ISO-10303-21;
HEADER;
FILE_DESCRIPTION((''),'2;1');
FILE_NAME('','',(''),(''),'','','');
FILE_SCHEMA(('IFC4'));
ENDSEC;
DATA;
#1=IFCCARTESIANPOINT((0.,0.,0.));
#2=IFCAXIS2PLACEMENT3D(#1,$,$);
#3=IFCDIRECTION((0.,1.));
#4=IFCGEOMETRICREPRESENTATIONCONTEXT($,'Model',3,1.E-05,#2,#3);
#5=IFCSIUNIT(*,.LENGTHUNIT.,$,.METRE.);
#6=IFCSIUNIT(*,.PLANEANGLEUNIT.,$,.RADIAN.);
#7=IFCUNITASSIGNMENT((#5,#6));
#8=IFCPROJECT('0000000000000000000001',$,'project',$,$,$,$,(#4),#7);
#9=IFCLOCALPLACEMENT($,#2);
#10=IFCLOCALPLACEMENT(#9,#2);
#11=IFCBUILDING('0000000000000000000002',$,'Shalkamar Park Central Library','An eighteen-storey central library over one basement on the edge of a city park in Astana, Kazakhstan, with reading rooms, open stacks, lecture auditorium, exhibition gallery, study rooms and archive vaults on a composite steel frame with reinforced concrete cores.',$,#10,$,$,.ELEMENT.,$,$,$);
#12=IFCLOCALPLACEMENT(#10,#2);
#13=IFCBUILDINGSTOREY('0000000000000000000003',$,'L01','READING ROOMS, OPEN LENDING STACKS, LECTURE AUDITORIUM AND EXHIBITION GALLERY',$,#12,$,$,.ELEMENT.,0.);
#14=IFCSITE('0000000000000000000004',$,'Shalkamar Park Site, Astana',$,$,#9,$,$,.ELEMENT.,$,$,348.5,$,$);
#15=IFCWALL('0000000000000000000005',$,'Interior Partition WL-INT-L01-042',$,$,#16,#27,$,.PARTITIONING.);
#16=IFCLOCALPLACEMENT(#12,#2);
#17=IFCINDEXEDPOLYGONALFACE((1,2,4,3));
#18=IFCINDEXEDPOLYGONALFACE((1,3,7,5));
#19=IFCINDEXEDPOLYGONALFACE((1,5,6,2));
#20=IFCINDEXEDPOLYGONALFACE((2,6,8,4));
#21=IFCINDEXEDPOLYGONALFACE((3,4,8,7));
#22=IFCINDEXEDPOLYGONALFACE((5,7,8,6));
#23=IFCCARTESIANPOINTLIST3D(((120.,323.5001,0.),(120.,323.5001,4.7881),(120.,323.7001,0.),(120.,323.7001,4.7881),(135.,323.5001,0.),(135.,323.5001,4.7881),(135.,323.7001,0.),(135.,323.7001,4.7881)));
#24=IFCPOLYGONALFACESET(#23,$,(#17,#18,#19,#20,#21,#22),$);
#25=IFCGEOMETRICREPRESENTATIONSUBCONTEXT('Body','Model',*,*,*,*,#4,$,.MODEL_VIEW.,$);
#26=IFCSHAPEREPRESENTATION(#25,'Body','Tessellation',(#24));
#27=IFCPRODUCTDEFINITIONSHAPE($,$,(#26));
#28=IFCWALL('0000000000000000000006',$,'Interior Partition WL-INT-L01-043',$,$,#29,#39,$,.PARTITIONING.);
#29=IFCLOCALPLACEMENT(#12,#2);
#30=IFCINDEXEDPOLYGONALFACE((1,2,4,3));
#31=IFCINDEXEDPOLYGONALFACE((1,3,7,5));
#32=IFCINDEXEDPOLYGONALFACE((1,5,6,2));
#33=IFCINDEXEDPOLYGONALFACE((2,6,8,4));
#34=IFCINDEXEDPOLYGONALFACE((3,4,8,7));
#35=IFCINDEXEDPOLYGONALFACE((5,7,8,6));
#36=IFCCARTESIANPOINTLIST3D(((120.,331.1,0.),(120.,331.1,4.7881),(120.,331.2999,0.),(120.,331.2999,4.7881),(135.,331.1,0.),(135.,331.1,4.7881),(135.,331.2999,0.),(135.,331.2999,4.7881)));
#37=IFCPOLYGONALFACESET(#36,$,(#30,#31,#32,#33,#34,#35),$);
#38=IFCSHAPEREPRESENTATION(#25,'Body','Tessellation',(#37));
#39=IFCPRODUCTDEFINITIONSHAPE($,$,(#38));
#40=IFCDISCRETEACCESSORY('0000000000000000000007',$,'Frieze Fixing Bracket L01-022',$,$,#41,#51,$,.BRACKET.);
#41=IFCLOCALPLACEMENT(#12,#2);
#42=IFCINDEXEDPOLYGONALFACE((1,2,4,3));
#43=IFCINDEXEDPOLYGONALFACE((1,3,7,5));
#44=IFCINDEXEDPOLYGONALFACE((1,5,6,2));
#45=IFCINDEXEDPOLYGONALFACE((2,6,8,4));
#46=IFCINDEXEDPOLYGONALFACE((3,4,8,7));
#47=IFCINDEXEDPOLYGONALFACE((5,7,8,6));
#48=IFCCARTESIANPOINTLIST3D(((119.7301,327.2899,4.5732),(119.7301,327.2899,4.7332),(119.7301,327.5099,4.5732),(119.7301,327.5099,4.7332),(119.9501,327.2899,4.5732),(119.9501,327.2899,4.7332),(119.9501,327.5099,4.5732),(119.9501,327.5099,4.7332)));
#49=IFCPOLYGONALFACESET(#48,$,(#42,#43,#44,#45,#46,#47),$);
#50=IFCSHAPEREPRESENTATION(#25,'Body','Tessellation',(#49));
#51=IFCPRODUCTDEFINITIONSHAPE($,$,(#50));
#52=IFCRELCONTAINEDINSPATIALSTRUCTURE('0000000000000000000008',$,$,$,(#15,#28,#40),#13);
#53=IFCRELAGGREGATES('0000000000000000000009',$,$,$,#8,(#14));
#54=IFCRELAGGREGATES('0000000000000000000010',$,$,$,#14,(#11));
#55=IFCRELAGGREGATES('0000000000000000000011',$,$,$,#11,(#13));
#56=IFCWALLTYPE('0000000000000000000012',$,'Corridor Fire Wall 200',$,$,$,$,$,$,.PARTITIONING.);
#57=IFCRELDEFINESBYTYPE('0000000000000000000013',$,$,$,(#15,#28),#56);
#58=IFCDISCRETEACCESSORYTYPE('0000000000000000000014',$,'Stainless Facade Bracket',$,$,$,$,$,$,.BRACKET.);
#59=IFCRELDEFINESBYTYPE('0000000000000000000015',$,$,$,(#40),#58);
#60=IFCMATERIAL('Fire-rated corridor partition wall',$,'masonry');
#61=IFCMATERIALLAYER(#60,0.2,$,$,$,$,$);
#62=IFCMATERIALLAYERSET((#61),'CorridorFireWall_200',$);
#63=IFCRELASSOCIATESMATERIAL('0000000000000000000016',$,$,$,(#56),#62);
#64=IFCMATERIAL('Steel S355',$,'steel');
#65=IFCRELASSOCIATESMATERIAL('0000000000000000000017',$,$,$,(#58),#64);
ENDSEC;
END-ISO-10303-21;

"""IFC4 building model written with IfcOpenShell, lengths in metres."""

from ifc_helpers import new_model, si_unit, direction, frame, frame_2d, origin, origin_2d, place, context, subcontext, project, spatial, rectangle, extrude, material, layer, layer_set, type_object, element, save


model = new_model("IFC4")

# Units and contexts
model_context = context("Model", 3, precision=1e-05, world=origin(), true_north=direction((0.0, 1.0)))
body_context = subcontext(model_context, "Body", "Model", "MODEL_VIEW")
ifc_project = project(units=[si_unit("LENGTHUNIT", "METRE"), si_unit("PLANEANGLEUNIT", "RADIAN")], contexts=[model_context])

# Site, building, storey
site_placement = place(None, origin())
site = spatial("IfcSite", under=ifc_project, at=site_placement, Name="Shalkamar Park Site, Astana", CompositionType="ELEMENT", RefElevation=348.5)
building_placement = place(site_placement, origin())
building = spatial("IfcBuilding", under=site, at=building_placement, Name="Shalkamar Park Central Library", Description="An eighteen-storey central library over one basement on the edge of a city park in Astana, Kazakhstan, with reading rooms, open stacks, lecture auditorium, exhibition gallery, study rooms and archive vaults on a composite steel frame with reinforced concrete cores.", CompositionType="ELEMENT")
storey_placement = place(building_placement, origin())
storey = spatial("IfcBuildingStorey", under=building, at=storey_placement, Name="L01", Description="READING ROOMS, OPEN LENDING STACKS, LECTURE AUDITORIUM AND EXHIBITION GALLERY", CompositionType="ELEMENT", Elevation=0.0)

# Shared definitions
ifc_material_1 = material(Name="Steel S355", Category="steel")

# Walls
ifc_material_2 = material(Name="Fire-rated corridor partition wall", Category="masonry")
ifc_layer_1 = layer(ifc_material_2, 0.2)
ifc_layer_set_1 = layer_set([ifc_layer_1], Name="CorridorFireWall_200")
wall_type_1 = type_object("IfcWallType", Name="Corridor Fire Wall 200", PredefinedType="PARTITIONING", material=ifc_layer_set_1)
for number, where, z_axis, x_axis, name in (
    (1, (120.0, 323.6001, 0.0), (0.0, 0.0, 1.0), (1.0, 0.0, 0.0), "Interior Partition WL-INT-L01-042"),
    (2, (120.0, 331.2, 0.0), (0.0, 0.0, 1.0), (1.0, 0.0, 0.0), "Interior Partition WL-INT-L01-043"),
):
    element("IfcWall", number, at=place(storey_placement, frame(where, z_axis=z_axis, x_axis=x_axis)), inside=storey, type_object=wall_type_1, Name=name, PredefinedType="PARTITIONING", context=body_context, shape_type="SweptSolid", body=[
        extrude(rectangle(XDim=15.0, YDim=0.2, at=frame_2d((7.5, 0.0))), origin(), (0.0, 0.0, 1.0), 4.7881),
    ])

# Discrete accessory
discrete_accessory_type = type_object("IfcDiscreteAccessoryType", Name="Stainless Facade Bracket", PredefinedType="BRACKET", material=ifc_material_1)
discrete_accessory_placement = place(storey_placement, frame((119.8401, 327.3999, 4.5732), z_axis=(0.0, 0.0, 1.0), x_axis=(1.0, 0.0, 0.0)))
element("IfcDiscreteAccessory", 3, at=discrete_accessory_placement, inside=storey, type_object=discrete_accessory_type, Name="Frieze Fixing Bracket L01-022", PredefinedType="BRACKET", context=body_context, shape_type="SweptSolid", body=[
    extrude(rectangle(XDim=0.22, YDim=0.22, at=origin_2d()), origin(), (0.0, 0.0, 1.0), 0.1599),
])

save(model, "model.ifc")
